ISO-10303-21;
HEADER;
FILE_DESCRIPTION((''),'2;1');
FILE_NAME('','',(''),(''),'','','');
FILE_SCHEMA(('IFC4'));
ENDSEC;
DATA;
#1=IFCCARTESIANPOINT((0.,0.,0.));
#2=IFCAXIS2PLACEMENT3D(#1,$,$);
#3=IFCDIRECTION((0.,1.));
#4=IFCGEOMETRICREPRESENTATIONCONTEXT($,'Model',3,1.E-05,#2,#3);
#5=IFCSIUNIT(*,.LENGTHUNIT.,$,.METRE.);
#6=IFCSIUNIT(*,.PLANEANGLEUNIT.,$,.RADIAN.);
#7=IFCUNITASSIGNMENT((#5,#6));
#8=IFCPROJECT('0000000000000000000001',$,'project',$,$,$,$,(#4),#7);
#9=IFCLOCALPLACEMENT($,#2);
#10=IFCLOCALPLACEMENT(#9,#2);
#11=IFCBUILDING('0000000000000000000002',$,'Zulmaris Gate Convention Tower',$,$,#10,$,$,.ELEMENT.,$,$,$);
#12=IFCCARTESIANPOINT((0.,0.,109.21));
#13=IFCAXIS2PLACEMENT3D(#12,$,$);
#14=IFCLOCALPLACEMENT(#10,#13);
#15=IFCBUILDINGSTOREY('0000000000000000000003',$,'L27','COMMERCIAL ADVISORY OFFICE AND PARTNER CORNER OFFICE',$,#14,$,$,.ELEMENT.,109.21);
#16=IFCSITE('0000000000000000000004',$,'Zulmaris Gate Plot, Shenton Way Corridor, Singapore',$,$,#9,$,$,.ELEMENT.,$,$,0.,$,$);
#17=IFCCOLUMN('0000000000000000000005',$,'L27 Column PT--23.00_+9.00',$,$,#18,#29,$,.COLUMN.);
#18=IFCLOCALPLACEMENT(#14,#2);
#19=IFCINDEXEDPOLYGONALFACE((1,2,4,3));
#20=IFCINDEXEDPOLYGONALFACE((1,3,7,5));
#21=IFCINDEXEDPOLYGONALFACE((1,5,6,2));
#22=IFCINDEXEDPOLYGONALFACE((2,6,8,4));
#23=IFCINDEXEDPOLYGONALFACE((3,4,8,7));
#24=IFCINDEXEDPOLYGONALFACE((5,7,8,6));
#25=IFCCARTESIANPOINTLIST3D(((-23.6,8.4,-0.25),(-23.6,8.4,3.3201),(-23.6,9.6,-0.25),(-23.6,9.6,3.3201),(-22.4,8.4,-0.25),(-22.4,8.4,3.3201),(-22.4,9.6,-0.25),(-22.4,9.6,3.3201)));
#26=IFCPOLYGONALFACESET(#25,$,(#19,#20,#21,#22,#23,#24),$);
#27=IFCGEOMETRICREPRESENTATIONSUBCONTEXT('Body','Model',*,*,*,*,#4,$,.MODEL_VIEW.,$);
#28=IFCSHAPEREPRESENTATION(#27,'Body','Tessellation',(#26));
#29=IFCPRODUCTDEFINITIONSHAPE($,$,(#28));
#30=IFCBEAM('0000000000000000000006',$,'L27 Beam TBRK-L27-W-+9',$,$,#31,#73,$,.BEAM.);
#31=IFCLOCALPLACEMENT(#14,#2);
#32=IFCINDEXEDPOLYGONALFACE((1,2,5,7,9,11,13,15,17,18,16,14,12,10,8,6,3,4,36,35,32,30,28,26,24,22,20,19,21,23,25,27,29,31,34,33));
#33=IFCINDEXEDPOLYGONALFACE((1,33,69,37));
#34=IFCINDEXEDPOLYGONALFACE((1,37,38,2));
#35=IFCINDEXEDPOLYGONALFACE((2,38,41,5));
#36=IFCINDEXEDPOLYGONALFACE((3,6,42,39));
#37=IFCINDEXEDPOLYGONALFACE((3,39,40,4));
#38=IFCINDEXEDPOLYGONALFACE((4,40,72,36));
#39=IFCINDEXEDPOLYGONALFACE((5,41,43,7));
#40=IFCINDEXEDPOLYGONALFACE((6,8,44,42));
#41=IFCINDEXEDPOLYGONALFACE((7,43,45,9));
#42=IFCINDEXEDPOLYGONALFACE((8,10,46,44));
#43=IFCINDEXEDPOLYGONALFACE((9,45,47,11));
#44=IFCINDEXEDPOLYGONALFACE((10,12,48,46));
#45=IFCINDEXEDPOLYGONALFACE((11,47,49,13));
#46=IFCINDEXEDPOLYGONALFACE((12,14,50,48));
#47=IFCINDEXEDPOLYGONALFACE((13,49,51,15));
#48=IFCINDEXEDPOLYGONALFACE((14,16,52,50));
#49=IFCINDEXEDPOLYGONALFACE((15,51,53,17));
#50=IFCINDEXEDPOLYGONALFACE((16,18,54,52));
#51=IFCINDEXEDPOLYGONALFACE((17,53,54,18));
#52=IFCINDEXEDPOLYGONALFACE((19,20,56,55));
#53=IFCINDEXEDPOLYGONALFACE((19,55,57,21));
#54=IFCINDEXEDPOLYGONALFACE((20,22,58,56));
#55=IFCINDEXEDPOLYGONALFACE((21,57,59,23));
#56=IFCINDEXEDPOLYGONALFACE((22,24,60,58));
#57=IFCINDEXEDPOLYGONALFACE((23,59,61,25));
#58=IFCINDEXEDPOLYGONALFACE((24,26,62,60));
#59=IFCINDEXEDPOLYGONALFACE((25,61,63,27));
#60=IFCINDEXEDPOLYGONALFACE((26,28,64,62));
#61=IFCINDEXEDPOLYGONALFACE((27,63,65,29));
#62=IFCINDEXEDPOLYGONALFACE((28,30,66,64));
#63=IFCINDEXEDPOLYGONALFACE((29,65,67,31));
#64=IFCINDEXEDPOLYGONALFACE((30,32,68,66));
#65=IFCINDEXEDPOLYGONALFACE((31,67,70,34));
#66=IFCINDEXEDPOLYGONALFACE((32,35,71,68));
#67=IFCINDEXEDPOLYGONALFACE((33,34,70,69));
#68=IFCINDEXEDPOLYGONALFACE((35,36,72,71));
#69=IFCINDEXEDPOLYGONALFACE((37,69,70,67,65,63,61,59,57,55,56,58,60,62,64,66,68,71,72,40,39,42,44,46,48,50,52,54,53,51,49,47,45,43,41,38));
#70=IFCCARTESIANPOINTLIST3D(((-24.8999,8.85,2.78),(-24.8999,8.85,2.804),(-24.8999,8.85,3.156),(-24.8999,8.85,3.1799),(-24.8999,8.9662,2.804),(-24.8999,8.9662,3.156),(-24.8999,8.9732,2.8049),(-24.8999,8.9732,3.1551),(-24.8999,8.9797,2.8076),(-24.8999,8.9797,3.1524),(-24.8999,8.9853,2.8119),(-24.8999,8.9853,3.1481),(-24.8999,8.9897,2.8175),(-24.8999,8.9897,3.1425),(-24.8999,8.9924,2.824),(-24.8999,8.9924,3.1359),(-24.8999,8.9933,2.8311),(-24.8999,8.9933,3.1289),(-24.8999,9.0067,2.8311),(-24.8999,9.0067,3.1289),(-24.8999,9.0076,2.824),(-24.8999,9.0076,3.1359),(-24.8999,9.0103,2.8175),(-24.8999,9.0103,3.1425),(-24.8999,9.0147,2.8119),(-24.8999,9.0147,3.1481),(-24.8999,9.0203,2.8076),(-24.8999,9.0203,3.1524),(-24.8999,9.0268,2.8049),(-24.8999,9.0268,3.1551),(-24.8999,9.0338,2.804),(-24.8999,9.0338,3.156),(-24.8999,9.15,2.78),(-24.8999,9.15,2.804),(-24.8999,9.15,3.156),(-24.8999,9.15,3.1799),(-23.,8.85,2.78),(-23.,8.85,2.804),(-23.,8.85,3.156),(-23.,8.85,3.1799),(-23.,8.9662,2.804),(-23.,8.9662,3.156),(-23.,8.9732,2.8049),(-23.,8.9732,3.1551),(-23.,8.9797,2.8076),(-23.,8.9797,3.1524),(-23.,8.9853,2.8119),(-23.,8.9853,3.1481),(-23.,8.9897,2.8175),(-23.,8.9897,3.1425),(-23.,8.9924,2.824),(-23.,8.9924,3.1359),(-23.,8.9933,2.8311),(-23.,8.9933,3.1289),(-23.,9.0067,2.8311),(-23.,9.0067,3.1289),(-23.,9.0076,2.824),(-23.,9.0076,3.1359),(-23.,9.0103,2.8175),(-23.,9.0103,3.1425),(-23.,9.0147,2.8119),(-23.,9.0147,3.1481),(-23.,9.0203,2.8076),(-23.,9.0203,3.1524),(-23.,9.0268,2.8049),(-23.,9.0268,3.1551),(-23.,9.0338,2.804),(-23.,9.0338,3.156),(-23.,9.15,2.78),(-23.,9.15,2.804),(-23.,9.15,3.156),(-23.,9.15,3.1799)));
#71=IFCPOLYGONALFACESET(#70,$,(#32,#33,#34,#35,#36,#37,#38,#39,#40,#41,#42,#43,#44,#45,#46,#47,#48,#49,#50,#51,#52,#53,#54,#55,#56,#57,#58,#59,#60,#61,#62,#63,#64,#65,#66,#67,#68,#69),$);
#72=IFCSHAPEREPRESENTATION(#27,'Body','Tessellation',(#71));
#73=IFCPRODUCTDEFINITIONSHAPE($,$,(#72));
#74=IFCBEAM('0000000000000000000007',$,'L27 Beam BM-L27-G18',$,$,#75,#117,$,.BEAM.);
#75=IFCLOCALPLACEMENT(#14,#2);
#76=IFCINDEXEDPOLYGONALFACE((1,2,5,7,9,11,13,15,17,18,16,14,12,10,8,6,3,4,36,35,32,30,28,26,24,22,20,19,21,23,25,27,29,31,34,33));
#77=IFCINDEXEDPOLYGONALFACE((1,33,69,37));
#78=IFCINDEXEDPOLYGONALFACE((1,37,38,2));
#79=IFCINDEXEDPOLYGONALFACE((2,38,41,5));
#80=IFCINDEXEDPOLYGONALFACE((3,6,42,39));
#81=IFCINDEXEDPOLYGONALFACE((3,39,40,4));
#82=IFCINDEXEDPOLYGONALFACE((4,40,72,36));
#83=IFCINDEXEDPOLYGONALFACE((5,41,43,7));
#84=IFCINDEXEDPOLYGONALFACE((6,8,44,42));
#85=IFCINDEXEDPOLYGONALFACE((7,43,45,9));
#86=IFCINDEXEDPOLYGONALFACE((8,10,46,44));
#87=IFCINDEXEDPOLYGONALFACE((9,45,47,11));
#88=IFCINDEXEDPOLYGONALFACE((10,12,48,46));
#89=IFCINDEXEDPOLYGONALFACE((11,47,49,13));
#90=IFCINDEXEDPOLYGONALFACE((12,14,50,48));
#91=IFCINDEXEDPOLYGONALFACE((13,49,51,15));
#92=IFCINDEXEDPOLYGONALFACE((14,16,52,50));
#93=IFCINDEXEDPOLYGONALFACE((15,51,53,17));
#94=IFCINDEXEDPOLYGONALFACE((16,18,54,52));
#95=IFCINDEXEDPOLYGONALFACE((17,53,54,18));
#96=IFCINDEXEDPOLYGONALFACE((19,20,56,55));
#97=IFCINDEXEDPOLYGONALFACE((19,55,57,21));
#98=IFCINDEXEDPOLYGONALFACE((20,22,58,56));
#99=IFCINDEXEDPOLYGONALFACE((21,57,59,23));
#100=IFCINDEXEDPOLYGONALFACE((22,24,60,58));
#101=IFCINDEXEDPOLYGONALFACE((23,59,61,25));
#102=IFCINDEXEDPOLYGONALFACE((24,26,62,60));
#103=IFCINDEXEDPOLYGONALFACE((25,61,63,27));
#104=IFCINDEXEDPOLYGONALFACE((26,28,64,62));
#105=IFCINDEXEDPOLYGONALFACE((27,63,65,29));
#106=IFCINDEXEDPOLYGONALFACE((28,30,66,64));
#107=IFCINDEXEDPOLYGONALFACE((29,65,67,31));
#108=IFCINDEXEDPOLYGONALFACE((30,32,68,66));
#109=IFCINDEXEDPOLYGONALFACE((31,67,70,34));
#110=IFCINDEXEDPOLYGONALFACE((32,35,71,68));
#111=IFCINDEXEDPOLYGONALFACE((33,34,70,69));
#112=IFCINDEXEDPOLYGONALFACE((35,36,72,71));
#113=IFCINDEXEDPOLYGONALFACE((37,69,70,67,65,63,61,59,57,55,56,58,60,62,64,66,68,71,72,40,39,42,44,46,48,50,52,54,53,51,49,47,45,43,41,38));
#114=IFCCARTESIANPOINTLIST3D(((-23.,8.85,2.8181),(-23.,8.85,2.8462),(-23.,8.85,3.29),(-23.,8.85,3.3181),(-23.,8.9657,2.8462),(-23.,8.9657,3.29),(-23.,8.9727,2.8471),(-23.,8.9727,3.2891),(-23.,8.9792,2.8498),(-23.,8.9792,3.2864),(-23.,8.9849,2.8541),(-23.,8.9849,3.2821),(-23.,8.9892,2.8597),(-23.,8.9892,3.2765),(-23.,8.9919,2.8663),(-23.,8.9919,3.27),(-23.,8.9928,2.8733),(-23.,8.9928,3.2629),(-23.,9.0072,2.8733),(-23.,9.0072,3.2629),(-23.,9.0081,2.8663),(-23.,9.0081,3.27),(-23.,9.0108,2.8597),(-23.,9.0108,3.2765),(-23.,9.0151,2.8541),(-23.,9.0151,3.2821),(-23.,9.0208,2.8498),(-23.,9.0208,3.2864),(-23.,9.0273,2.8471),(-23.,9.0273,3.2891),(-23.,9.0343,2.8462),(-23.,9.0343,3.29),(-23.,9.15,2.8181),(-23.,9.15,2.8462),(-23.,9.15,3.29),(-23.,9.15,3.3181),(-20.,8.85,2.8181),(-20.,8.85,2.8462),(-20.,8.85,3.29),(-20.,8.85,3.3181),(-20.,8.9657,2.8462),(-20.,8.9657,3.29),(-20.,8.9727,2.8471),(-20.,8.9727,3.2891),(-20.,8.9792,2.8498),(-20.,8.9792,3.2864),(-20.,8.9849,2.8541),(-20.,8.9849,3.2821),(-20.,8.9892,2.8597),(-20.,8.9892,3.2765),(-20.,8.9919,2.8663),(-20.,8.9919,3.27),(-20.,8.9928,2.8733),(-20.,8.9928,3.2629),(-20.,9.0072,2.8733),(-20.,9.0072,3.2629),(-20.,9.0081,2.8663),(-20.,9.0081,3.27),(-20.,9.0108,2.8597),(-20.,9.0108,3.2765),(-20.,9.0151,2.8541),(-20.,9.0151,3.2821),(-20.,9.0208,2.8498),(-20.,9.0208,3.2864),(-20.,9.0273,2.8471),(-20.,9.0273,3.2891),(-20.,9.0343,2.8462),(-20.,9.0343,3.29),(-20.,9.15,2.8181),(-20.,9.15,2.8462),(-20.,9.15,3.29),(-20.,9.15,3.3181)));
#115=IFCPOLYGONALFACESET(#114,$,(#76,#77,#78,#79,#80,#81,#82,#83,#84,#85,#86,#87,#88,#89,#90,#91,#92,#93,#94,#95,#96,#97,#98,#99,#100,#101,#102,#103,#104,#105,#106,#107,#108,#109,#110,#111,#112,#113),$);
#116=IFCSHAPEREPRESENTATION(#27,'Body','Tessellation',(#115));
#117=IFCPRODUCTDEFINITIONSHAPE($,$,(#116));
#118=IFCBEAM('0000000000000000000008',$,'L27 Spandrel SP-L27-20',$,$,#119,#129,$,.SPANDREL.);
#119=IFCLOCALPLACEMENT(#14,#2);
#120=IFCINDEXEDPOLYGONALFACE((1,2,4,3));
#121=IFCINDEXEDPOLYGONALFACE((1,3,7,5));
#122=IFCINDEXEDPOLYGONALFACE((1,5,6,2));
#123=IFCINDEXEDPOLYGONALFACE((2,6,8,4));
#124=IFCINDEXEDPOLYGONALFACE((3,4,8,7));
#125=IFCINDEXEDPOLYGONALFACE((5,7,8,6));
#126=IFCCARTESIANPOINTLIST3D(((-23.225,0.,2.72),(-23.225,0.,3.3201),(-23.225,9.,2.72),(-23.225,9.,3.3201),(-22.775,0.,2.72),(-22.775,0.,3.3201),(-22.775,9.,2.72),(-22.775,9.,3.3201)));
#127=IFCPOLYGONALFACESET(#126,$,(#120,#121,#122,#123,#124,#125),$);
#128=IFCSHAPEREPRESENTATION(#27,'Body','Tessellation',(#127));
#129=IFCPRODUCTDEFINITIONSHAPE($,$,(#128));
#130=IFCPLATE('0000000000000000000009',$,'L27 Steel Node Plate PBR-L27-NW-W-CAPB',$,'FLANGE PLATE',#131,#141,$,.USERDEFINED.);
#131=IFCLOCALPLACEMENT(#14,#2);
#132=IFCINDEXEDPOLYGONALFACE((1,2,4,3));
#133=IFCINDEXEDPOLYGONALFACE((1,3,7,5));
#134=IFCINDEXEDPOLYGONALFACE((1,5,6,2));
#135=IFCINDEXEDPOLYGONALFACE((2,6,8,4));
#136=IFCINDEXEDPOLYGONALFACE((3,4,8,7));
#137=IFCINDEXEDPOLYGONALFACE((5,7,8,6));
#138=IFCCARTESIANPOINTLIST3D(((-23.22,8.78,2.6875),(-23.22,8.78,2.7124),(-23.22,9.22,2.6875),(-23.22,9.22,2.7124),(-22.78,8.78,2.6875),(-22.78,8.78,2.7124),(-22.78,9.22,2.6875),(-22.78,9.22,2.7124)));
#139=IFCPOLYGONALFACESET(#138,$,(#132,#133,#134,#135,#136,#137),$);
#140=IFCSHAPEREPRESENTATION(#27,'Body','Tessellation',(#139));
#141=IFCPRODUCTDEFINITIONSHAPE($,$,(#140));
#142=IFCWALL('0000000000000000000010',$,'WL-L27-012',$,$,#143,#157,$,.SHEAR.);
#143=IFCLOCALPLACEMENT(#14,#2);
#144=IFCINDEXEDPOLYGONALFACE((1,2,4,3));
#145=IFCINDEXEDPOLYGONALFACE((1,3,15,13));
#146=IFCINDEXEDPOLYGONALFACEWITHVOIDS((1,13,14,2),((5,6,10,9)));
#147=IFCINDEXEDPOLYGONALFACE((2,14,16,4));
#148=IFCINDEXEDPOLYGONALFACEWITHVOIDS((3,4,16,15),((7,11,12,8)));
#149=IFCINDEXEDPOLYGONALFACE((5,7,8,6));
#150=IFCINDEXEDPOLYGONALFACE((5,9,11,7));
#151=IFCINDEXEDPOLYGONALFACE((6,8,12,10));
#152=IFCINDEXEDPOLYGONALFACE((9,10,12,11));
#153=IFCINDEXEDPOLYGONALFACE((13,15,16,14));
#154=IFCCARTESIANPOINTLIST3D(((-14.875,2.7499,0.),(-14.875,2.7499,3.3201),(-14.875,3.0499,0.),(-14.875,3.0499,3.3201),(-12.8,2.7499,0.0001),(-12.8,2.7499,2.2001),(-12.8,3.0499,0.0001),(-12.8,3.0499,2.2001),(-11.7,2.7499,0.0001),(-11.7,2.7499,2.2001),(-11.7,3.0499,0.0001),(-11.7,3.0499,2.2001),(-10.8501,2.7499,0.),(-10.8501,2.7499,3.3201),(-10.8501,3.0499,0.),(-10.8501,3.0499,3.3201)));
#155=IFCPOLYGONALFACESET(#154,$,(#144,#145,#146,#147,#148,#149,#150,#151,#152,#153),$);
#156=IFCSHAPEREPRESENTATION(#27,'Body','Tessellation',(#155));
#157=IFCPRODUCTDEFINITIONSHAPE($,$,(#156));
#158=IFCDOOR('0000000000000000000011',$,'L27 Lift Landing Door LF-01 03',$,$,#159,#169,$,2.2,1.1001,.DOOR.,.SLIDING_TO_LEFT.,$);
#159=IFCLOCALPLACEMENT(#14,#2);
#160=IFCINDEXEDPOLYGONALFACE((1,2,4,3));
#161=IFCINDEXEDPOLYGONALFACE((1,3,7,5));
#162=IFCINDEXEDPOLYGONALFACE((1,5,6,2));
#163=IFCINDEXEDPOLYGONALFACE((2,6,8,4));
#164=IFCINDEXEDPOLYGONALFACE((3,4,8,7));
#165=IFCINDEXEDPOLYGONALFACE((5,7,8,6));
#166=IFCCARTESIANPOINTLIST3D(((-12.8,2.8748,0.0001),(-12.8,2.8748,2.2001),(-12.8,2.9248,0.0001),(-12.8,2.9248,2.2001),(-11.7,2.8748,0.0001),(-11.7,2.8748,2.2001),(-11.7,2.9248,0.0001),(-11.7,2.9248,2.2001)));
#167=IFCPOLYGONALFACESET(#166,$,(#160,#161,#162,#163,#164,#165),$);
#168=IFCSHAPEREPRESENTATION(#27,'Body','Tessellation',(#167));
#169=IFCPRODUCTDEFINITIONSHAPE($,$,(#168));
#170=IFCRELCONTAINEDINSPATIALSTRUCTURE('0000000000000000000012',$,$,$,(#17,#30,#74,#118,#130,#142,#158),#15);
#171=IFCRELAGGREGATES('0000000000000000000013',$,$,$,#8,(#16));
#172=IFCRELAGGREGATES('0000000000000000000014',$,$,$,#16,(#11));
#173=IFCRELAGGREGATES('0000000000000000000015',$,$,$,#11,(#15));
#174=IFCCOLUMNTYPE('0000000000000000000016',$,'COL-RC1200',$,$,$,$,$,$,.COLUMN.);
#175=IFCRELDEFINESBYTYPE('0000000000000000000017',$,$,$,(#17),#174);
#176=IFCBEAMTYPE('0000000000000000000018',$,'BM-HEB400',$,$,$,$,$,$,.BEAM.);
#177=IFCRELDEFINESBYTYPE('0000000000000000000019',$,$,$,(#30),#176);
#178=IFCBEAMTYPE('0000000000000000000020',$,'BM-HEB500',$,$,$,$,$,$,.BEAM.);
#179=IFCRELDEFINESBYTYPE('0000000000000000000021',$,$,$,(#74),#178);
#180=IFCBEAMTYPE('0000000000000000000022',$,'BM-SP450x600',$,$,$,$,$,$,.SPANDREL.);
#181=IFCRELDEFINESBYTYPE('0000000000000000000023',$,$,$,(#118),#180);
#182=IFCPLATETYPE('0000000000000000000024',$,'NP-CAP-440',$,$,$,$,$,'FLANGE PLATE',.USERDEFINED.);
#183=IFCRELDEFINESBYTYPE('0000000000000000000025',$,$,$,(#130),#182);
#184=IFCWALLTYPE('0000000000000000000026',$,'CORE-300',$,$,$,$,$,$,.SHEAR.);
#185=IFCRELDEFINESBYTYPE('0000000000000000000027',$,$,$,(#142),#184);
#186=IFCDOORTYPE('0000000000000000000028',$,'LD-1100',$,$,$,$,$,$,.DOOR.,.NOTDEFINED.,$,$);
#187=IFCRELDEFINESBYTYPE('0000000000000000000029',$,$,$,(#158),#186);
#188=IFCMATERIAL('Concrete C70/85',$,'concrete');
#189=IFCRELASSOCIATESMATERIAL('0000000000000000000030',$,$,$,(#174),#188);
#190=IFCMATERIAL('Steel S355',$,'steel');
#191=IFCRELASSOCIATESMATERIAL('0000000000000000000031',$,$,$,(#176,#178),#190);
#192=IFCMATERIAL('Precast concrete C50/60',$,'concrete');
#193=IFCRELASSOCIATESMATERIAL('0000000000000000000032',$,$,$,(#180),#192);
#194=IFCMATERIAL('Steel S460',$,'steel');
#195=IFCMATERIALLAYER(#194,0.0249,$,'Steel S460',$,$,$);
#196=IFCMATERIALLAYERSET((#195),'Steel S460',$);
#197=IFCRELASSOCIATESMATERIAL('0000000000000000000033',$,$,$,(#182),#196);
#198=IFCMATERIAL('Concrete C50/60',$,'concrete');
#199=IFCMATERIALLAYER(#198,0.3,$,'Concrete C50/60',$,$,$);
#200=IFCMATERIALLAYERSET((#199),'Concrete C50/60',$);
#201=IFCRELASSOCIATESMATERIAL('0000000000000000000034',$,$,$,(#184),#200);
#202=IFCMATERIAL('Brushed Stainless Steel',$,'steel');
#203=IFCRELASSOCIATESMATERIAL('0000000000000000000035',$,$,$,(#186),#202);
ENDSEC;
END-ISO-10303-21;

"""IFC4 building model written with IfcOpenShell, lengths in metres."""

from ifc_helpers import new_model, si_unit, direction, frame, frame_2d, origin, origin_2d, place, context, subcontext, project, spatial, rectangle, i_section, extrude, material, layer, layer_set, material_profile, profile_set, type_object, element, fill, save


model = new_model("IFC4")

# Units and contexts
model_context = context("Model", 3, precision=1e-05, world=origin(), true_north=direction((0.0, 1.0)))
body_context = subcontext(model_context, "Body", "Model", "MODEL_VIEW")
ifc_project = project(units=[si_unit("LENGTHUNIT", "METRE"), si_unit("PLANEANGLEUNIT", "RADIAN")], contexts=[model_context])

# Site, building, storey
site_placement = place(None, origin())
site = spatial("IfcSite", under=ifc_project, at=site_placement, Name="Zulmaris Gate Plot, Shenton Way Corridor, Singapore", CompositionType="ELEMENT", RefElevation=0.0)
building_placement = place(site_placement, origin())
building = spatial("IfcBuilding", under=site, at=building_placement, Name="Zulmaris Gate Convention Tower", CompositionType="ELEMENT")
storey_placement = place(building_placement, frame((0.0, 0.0, 109.21)))
storey = spatial("IfcBuildingStorey", under=building, at=storey_placement, Name="L27", Description="COMMERCIAL ADVISORY OFFICE AND PARTNER CORNER OFFICE", CompositionType="ELEMENT", Elevation=109.21)

# Column
ifc_material_1 = material(Name="Concrete C70/85", Category="concrete")
ifc_material_profile_1 = material_profile(ifc_material_1, rectangle(XDim=1.2, YDim=1.2, at=origin_2d()), Name="RC COL 1200x1200")
ifc_profile_set_1 = profile_set([ifc_material_profile_1], Name="Concrete C70/85")
column_type = type_object("IfcColumnType", Name="COL-RC1200", PredefinedType="COLUMN", material=ifc_profile_set_1)
column_placement = place(storey_placement, frame((-23.0, 9.0, -0.25), z_axis=(0.0, 0.0, 1.0), x_axis=(1.0, 0.0, 0.0)))
element("IfcColumn", 1, at=column_placement, inside=storey, type_object=column_type, Name="L27 Column PT--23.00_+9.00", PredefinedType="COLUMN", context=body_context, shape_type="SweptSolid", body=[
    extrude(rectangle(XDim=1.2, YDim=1.2, at=origin_2d()), origin(), (0.0, 0.0, 1.0), 3.5701),
])

# Beams
ifc_material_2 = material(Name="Steel S355", Category="steel")
ifc_material_profile_2 = material_profile(ifc_material_2, i_section(OverallWidth=0.3, OverallDepth=0.3999, WebThickness=0.0134, FlangeThickness=0.0239, FilletRadius=0.0271, at=origin_2d()), Name="HEB 400")
ifc_profile_set_2 = profile_set([ifc_material_profile_2], Name="Steel S355")
beam_type_1 = type_object("IfcBeamType", Name="BM-HEB400", PredefinedType="BEAM", material=ifc_profile_set_2)
beam_1_placement = place(storey_placement, frame((-24.8999, 9.0, 2.98), z_axis=(1.0, 0.0, 0.0), x_axis=(0.0, 1.0, 0.0)))
element("IfcBeam", 2, at=beam_1_placement, inside=storey, type_object=beam_type_1, Name="L27 Beam TBRK-L27-W-+9", PredefinedType="BEAM", context=body_context, shape_type="SweptSolid", body=[
    extrude(i_section(OverallWidth=0.3, OverallDepth=0.3999, WebThickness=0.0134, FlangeThickness=0.0239, FilletRadius=0.0271, at=origin_2d()), origin(), (0.0, 0.0, 1.0), 1.8999),
])
ifc_material_profile_3 = material_profile(ifc_material_2, i_section(OverallWidth=0.3, OverallDepth=0.5, WebThickness=0.0144, FlangeThickness=0.0281, FilletRadius=0.0271, at=origin_2d()), Name="HEB 500")
ifc_profile_set_3 = profile_set([ifc_material_profile_3], Name="Steel S355")
beam_type_2 = type_object("IfcBeamType", Name="BM-HEB500", PredefinedType="BEAM", material=ifc_profile_set_3)
beam_2_placement = place(storey_placement, frame((-23.0, 9.0, 3.0681), z_axis=(1.0, 0.0, 0.0), x_axis=(0.0, 1.0, 0.0)))
element("IfcBeam", 3, at=beam_2_placement, inside=storey, type_object=beam_type_2, Name="L27 Beam BM-L27-G18", PredefinedType="BEAM", context=body_context, shape_type="SweptSolid", body=[
    extrude(i_section(OverallWidth=0.3, OverallDepth=0.5, WebThickness=0.0144, FlangeThickness=0.0281, FilletRadius=0.0271, at=origin_2d()), origin(), (0.0, 0.0, 1.0), 3.0),
])
ifc_material_3 = material(Name="Precast concrete C50/60", Category="concrete")
ifc_material_profile_4 = material_profile(ifc_material_3, rectangle(XDim=0.45, YDim=0.6001, at=origin_2d()), Name="RC SPANDREL 450x600")
ifc_profile_set_4 = profile_set([ifc_material_profile_4], Name="Precast concrete C50/60")
beam_type_3 = type_object("IfcBeamType", Name="BM-SP450x600", PredefinedType="SPANDREL", material=ifc_profile_set_4)
beam_3_placement = place(storey_placement, frame((-23.0, 9.0, 3.02), z_axis=(0.0, -1.0, 0.0), x_axis=(1.0, 0.0, 0.0)))
element("IfcBeam", 4, at=beam_3_placement, inside=storey, type_object=beam_type_3, Name="L27 Spandrel SP-L27-20", PredefinedType="SPANDREL", context=body_context, shape_type="SweptSolid", body=[
    extrude(rectangle(XDim=0.45, YDim=0.6001, at=origin_2d()), origin(), (0.0, 0.0, 1.0), 9.0),
])

# Plate
ifc_material_4 = material(Name="Steel S460", Category="steel")
ifc_layer_1 = layer(ifc_material_4, 0.0249, Name="Steel S460")
ifc_layer_set_1 = layer_set([ifc_layer_1], Name="Steel S460")
plate_type = type_object("IfcPlateType", Name="NP-CAP-440", ElementType="FLANGE PLATE", PredefinedType="USERDEFINED", material=ifc_layer_set_1)
plate_placement = place(storey_placement, frame((-23.0, 9.0, 2.6875), z_axis=(0.0, 0.0, 1.0), x_axis=(1.0, 0.0, 0.0)))
element("IfcPlate", 5, at=plate_placement, inside=storey, type_object=plate_type, Name="L27 Steel Node Plate PBR-L27-NW-W-CAPB", ObjectType="FLANGE PLATE", PredefinedType="USERDEFINED", context=body_context, shape_type="SweptSolid", body=[
    extrude(rectangle(XDim=0.4399, YDim=0.4399, at=origin_2d()), origin(), (0.0, 0.0, 1.0), 0.0249),
])

# Wall, opening, door
ifc_material_5 = material(Name="Concrete C50/60", Category="concrete")
ifc_layer_2 = layer(ifc_material_5, 0.3, Name="Concrete C50/60")
ifc_layer_set_2 = layer_set([ifc_layer_2], Name="Concrete C50/60")
wall_type_1 = type_object("IfcWallType", Name="CORE-300", PredefinedType="SHEAR", material=ifc_layer_set_2)
wall_1_placement = place(storey_placement, frame((-14.875, 2.8999, 0.0), z_axis=(0.0, 0.0, 1.0), x_axis=(1.0, 0.0, 0.0)))
wall_1 = element("IfcWall", 6, at=wall_1_placement, inside=storey, type_object=wall_type_1, Name="WL-L27-012", PredefinedType="SHEAR", context=body_context, shape_type="SweptSolid", body=[
    extrude(rectangle(XDim=4.0249, YDim=0.3, at=frame_2d((2.0125, 0.0))), origin(), (0.0, 0.0, 1.0), 3.3201),
])
opening_1_placement = place(wall_1_placement, frame((2.075, 0.0, 0.0)))
opening_1 = element("IfcOpeningElement", 7, at=opening_1_placement, cuts=wall_1, PredefinedType="OPENING", context=body_context, shape_type="SweptSolid", body=[
    extrude(rectangle(XDim=1.1001, YDim=2.2, at=frame_2d((0.55, 1.1001))), frame((0.0, 0.1602, 0.0), z_axis=(0.0, -1.0, 0.0), x_axis=(1.0, 0.0, 0.0)), (0.0, 0.0, 1.0), 0.3201),
])
ifc_material_6 = material(Name="Brushed Stainless Steel", Category="steel")
door_type = type_object("IfcDoorType", Name="LD-1100", OperationType="NOTDEFINED", PredefinedType="DOOR", material=ifc_material_6)
door_placement = place(opening_1_placement, origin())
door = element("IfcDoor", 8, at=door_placement, inside=storey, type_object=door_type, Name="L27 Lift Landing Door LF-01 03", OperationType="SLIDING_TO_LEFT", OverallHeight=2.2, OverallWidth=1.1001, PredefinedType="DOOR", context=body_context, shape_type="SweptSolid", body=[
    extrude(rectangle(XDim=1.1001, YDim=2.2, at=frame_2d((0.55, 1.1001))), frame((0.0, 0.0249, 0.0), z_axis=(0.0, -1.0, 0.0), x_axis=(1.0, 0.0, 0.0)), (0.0, 0.0, 1.0), 0.05),
])
fill(opening_1, door)

save(model, "model.ifc")
